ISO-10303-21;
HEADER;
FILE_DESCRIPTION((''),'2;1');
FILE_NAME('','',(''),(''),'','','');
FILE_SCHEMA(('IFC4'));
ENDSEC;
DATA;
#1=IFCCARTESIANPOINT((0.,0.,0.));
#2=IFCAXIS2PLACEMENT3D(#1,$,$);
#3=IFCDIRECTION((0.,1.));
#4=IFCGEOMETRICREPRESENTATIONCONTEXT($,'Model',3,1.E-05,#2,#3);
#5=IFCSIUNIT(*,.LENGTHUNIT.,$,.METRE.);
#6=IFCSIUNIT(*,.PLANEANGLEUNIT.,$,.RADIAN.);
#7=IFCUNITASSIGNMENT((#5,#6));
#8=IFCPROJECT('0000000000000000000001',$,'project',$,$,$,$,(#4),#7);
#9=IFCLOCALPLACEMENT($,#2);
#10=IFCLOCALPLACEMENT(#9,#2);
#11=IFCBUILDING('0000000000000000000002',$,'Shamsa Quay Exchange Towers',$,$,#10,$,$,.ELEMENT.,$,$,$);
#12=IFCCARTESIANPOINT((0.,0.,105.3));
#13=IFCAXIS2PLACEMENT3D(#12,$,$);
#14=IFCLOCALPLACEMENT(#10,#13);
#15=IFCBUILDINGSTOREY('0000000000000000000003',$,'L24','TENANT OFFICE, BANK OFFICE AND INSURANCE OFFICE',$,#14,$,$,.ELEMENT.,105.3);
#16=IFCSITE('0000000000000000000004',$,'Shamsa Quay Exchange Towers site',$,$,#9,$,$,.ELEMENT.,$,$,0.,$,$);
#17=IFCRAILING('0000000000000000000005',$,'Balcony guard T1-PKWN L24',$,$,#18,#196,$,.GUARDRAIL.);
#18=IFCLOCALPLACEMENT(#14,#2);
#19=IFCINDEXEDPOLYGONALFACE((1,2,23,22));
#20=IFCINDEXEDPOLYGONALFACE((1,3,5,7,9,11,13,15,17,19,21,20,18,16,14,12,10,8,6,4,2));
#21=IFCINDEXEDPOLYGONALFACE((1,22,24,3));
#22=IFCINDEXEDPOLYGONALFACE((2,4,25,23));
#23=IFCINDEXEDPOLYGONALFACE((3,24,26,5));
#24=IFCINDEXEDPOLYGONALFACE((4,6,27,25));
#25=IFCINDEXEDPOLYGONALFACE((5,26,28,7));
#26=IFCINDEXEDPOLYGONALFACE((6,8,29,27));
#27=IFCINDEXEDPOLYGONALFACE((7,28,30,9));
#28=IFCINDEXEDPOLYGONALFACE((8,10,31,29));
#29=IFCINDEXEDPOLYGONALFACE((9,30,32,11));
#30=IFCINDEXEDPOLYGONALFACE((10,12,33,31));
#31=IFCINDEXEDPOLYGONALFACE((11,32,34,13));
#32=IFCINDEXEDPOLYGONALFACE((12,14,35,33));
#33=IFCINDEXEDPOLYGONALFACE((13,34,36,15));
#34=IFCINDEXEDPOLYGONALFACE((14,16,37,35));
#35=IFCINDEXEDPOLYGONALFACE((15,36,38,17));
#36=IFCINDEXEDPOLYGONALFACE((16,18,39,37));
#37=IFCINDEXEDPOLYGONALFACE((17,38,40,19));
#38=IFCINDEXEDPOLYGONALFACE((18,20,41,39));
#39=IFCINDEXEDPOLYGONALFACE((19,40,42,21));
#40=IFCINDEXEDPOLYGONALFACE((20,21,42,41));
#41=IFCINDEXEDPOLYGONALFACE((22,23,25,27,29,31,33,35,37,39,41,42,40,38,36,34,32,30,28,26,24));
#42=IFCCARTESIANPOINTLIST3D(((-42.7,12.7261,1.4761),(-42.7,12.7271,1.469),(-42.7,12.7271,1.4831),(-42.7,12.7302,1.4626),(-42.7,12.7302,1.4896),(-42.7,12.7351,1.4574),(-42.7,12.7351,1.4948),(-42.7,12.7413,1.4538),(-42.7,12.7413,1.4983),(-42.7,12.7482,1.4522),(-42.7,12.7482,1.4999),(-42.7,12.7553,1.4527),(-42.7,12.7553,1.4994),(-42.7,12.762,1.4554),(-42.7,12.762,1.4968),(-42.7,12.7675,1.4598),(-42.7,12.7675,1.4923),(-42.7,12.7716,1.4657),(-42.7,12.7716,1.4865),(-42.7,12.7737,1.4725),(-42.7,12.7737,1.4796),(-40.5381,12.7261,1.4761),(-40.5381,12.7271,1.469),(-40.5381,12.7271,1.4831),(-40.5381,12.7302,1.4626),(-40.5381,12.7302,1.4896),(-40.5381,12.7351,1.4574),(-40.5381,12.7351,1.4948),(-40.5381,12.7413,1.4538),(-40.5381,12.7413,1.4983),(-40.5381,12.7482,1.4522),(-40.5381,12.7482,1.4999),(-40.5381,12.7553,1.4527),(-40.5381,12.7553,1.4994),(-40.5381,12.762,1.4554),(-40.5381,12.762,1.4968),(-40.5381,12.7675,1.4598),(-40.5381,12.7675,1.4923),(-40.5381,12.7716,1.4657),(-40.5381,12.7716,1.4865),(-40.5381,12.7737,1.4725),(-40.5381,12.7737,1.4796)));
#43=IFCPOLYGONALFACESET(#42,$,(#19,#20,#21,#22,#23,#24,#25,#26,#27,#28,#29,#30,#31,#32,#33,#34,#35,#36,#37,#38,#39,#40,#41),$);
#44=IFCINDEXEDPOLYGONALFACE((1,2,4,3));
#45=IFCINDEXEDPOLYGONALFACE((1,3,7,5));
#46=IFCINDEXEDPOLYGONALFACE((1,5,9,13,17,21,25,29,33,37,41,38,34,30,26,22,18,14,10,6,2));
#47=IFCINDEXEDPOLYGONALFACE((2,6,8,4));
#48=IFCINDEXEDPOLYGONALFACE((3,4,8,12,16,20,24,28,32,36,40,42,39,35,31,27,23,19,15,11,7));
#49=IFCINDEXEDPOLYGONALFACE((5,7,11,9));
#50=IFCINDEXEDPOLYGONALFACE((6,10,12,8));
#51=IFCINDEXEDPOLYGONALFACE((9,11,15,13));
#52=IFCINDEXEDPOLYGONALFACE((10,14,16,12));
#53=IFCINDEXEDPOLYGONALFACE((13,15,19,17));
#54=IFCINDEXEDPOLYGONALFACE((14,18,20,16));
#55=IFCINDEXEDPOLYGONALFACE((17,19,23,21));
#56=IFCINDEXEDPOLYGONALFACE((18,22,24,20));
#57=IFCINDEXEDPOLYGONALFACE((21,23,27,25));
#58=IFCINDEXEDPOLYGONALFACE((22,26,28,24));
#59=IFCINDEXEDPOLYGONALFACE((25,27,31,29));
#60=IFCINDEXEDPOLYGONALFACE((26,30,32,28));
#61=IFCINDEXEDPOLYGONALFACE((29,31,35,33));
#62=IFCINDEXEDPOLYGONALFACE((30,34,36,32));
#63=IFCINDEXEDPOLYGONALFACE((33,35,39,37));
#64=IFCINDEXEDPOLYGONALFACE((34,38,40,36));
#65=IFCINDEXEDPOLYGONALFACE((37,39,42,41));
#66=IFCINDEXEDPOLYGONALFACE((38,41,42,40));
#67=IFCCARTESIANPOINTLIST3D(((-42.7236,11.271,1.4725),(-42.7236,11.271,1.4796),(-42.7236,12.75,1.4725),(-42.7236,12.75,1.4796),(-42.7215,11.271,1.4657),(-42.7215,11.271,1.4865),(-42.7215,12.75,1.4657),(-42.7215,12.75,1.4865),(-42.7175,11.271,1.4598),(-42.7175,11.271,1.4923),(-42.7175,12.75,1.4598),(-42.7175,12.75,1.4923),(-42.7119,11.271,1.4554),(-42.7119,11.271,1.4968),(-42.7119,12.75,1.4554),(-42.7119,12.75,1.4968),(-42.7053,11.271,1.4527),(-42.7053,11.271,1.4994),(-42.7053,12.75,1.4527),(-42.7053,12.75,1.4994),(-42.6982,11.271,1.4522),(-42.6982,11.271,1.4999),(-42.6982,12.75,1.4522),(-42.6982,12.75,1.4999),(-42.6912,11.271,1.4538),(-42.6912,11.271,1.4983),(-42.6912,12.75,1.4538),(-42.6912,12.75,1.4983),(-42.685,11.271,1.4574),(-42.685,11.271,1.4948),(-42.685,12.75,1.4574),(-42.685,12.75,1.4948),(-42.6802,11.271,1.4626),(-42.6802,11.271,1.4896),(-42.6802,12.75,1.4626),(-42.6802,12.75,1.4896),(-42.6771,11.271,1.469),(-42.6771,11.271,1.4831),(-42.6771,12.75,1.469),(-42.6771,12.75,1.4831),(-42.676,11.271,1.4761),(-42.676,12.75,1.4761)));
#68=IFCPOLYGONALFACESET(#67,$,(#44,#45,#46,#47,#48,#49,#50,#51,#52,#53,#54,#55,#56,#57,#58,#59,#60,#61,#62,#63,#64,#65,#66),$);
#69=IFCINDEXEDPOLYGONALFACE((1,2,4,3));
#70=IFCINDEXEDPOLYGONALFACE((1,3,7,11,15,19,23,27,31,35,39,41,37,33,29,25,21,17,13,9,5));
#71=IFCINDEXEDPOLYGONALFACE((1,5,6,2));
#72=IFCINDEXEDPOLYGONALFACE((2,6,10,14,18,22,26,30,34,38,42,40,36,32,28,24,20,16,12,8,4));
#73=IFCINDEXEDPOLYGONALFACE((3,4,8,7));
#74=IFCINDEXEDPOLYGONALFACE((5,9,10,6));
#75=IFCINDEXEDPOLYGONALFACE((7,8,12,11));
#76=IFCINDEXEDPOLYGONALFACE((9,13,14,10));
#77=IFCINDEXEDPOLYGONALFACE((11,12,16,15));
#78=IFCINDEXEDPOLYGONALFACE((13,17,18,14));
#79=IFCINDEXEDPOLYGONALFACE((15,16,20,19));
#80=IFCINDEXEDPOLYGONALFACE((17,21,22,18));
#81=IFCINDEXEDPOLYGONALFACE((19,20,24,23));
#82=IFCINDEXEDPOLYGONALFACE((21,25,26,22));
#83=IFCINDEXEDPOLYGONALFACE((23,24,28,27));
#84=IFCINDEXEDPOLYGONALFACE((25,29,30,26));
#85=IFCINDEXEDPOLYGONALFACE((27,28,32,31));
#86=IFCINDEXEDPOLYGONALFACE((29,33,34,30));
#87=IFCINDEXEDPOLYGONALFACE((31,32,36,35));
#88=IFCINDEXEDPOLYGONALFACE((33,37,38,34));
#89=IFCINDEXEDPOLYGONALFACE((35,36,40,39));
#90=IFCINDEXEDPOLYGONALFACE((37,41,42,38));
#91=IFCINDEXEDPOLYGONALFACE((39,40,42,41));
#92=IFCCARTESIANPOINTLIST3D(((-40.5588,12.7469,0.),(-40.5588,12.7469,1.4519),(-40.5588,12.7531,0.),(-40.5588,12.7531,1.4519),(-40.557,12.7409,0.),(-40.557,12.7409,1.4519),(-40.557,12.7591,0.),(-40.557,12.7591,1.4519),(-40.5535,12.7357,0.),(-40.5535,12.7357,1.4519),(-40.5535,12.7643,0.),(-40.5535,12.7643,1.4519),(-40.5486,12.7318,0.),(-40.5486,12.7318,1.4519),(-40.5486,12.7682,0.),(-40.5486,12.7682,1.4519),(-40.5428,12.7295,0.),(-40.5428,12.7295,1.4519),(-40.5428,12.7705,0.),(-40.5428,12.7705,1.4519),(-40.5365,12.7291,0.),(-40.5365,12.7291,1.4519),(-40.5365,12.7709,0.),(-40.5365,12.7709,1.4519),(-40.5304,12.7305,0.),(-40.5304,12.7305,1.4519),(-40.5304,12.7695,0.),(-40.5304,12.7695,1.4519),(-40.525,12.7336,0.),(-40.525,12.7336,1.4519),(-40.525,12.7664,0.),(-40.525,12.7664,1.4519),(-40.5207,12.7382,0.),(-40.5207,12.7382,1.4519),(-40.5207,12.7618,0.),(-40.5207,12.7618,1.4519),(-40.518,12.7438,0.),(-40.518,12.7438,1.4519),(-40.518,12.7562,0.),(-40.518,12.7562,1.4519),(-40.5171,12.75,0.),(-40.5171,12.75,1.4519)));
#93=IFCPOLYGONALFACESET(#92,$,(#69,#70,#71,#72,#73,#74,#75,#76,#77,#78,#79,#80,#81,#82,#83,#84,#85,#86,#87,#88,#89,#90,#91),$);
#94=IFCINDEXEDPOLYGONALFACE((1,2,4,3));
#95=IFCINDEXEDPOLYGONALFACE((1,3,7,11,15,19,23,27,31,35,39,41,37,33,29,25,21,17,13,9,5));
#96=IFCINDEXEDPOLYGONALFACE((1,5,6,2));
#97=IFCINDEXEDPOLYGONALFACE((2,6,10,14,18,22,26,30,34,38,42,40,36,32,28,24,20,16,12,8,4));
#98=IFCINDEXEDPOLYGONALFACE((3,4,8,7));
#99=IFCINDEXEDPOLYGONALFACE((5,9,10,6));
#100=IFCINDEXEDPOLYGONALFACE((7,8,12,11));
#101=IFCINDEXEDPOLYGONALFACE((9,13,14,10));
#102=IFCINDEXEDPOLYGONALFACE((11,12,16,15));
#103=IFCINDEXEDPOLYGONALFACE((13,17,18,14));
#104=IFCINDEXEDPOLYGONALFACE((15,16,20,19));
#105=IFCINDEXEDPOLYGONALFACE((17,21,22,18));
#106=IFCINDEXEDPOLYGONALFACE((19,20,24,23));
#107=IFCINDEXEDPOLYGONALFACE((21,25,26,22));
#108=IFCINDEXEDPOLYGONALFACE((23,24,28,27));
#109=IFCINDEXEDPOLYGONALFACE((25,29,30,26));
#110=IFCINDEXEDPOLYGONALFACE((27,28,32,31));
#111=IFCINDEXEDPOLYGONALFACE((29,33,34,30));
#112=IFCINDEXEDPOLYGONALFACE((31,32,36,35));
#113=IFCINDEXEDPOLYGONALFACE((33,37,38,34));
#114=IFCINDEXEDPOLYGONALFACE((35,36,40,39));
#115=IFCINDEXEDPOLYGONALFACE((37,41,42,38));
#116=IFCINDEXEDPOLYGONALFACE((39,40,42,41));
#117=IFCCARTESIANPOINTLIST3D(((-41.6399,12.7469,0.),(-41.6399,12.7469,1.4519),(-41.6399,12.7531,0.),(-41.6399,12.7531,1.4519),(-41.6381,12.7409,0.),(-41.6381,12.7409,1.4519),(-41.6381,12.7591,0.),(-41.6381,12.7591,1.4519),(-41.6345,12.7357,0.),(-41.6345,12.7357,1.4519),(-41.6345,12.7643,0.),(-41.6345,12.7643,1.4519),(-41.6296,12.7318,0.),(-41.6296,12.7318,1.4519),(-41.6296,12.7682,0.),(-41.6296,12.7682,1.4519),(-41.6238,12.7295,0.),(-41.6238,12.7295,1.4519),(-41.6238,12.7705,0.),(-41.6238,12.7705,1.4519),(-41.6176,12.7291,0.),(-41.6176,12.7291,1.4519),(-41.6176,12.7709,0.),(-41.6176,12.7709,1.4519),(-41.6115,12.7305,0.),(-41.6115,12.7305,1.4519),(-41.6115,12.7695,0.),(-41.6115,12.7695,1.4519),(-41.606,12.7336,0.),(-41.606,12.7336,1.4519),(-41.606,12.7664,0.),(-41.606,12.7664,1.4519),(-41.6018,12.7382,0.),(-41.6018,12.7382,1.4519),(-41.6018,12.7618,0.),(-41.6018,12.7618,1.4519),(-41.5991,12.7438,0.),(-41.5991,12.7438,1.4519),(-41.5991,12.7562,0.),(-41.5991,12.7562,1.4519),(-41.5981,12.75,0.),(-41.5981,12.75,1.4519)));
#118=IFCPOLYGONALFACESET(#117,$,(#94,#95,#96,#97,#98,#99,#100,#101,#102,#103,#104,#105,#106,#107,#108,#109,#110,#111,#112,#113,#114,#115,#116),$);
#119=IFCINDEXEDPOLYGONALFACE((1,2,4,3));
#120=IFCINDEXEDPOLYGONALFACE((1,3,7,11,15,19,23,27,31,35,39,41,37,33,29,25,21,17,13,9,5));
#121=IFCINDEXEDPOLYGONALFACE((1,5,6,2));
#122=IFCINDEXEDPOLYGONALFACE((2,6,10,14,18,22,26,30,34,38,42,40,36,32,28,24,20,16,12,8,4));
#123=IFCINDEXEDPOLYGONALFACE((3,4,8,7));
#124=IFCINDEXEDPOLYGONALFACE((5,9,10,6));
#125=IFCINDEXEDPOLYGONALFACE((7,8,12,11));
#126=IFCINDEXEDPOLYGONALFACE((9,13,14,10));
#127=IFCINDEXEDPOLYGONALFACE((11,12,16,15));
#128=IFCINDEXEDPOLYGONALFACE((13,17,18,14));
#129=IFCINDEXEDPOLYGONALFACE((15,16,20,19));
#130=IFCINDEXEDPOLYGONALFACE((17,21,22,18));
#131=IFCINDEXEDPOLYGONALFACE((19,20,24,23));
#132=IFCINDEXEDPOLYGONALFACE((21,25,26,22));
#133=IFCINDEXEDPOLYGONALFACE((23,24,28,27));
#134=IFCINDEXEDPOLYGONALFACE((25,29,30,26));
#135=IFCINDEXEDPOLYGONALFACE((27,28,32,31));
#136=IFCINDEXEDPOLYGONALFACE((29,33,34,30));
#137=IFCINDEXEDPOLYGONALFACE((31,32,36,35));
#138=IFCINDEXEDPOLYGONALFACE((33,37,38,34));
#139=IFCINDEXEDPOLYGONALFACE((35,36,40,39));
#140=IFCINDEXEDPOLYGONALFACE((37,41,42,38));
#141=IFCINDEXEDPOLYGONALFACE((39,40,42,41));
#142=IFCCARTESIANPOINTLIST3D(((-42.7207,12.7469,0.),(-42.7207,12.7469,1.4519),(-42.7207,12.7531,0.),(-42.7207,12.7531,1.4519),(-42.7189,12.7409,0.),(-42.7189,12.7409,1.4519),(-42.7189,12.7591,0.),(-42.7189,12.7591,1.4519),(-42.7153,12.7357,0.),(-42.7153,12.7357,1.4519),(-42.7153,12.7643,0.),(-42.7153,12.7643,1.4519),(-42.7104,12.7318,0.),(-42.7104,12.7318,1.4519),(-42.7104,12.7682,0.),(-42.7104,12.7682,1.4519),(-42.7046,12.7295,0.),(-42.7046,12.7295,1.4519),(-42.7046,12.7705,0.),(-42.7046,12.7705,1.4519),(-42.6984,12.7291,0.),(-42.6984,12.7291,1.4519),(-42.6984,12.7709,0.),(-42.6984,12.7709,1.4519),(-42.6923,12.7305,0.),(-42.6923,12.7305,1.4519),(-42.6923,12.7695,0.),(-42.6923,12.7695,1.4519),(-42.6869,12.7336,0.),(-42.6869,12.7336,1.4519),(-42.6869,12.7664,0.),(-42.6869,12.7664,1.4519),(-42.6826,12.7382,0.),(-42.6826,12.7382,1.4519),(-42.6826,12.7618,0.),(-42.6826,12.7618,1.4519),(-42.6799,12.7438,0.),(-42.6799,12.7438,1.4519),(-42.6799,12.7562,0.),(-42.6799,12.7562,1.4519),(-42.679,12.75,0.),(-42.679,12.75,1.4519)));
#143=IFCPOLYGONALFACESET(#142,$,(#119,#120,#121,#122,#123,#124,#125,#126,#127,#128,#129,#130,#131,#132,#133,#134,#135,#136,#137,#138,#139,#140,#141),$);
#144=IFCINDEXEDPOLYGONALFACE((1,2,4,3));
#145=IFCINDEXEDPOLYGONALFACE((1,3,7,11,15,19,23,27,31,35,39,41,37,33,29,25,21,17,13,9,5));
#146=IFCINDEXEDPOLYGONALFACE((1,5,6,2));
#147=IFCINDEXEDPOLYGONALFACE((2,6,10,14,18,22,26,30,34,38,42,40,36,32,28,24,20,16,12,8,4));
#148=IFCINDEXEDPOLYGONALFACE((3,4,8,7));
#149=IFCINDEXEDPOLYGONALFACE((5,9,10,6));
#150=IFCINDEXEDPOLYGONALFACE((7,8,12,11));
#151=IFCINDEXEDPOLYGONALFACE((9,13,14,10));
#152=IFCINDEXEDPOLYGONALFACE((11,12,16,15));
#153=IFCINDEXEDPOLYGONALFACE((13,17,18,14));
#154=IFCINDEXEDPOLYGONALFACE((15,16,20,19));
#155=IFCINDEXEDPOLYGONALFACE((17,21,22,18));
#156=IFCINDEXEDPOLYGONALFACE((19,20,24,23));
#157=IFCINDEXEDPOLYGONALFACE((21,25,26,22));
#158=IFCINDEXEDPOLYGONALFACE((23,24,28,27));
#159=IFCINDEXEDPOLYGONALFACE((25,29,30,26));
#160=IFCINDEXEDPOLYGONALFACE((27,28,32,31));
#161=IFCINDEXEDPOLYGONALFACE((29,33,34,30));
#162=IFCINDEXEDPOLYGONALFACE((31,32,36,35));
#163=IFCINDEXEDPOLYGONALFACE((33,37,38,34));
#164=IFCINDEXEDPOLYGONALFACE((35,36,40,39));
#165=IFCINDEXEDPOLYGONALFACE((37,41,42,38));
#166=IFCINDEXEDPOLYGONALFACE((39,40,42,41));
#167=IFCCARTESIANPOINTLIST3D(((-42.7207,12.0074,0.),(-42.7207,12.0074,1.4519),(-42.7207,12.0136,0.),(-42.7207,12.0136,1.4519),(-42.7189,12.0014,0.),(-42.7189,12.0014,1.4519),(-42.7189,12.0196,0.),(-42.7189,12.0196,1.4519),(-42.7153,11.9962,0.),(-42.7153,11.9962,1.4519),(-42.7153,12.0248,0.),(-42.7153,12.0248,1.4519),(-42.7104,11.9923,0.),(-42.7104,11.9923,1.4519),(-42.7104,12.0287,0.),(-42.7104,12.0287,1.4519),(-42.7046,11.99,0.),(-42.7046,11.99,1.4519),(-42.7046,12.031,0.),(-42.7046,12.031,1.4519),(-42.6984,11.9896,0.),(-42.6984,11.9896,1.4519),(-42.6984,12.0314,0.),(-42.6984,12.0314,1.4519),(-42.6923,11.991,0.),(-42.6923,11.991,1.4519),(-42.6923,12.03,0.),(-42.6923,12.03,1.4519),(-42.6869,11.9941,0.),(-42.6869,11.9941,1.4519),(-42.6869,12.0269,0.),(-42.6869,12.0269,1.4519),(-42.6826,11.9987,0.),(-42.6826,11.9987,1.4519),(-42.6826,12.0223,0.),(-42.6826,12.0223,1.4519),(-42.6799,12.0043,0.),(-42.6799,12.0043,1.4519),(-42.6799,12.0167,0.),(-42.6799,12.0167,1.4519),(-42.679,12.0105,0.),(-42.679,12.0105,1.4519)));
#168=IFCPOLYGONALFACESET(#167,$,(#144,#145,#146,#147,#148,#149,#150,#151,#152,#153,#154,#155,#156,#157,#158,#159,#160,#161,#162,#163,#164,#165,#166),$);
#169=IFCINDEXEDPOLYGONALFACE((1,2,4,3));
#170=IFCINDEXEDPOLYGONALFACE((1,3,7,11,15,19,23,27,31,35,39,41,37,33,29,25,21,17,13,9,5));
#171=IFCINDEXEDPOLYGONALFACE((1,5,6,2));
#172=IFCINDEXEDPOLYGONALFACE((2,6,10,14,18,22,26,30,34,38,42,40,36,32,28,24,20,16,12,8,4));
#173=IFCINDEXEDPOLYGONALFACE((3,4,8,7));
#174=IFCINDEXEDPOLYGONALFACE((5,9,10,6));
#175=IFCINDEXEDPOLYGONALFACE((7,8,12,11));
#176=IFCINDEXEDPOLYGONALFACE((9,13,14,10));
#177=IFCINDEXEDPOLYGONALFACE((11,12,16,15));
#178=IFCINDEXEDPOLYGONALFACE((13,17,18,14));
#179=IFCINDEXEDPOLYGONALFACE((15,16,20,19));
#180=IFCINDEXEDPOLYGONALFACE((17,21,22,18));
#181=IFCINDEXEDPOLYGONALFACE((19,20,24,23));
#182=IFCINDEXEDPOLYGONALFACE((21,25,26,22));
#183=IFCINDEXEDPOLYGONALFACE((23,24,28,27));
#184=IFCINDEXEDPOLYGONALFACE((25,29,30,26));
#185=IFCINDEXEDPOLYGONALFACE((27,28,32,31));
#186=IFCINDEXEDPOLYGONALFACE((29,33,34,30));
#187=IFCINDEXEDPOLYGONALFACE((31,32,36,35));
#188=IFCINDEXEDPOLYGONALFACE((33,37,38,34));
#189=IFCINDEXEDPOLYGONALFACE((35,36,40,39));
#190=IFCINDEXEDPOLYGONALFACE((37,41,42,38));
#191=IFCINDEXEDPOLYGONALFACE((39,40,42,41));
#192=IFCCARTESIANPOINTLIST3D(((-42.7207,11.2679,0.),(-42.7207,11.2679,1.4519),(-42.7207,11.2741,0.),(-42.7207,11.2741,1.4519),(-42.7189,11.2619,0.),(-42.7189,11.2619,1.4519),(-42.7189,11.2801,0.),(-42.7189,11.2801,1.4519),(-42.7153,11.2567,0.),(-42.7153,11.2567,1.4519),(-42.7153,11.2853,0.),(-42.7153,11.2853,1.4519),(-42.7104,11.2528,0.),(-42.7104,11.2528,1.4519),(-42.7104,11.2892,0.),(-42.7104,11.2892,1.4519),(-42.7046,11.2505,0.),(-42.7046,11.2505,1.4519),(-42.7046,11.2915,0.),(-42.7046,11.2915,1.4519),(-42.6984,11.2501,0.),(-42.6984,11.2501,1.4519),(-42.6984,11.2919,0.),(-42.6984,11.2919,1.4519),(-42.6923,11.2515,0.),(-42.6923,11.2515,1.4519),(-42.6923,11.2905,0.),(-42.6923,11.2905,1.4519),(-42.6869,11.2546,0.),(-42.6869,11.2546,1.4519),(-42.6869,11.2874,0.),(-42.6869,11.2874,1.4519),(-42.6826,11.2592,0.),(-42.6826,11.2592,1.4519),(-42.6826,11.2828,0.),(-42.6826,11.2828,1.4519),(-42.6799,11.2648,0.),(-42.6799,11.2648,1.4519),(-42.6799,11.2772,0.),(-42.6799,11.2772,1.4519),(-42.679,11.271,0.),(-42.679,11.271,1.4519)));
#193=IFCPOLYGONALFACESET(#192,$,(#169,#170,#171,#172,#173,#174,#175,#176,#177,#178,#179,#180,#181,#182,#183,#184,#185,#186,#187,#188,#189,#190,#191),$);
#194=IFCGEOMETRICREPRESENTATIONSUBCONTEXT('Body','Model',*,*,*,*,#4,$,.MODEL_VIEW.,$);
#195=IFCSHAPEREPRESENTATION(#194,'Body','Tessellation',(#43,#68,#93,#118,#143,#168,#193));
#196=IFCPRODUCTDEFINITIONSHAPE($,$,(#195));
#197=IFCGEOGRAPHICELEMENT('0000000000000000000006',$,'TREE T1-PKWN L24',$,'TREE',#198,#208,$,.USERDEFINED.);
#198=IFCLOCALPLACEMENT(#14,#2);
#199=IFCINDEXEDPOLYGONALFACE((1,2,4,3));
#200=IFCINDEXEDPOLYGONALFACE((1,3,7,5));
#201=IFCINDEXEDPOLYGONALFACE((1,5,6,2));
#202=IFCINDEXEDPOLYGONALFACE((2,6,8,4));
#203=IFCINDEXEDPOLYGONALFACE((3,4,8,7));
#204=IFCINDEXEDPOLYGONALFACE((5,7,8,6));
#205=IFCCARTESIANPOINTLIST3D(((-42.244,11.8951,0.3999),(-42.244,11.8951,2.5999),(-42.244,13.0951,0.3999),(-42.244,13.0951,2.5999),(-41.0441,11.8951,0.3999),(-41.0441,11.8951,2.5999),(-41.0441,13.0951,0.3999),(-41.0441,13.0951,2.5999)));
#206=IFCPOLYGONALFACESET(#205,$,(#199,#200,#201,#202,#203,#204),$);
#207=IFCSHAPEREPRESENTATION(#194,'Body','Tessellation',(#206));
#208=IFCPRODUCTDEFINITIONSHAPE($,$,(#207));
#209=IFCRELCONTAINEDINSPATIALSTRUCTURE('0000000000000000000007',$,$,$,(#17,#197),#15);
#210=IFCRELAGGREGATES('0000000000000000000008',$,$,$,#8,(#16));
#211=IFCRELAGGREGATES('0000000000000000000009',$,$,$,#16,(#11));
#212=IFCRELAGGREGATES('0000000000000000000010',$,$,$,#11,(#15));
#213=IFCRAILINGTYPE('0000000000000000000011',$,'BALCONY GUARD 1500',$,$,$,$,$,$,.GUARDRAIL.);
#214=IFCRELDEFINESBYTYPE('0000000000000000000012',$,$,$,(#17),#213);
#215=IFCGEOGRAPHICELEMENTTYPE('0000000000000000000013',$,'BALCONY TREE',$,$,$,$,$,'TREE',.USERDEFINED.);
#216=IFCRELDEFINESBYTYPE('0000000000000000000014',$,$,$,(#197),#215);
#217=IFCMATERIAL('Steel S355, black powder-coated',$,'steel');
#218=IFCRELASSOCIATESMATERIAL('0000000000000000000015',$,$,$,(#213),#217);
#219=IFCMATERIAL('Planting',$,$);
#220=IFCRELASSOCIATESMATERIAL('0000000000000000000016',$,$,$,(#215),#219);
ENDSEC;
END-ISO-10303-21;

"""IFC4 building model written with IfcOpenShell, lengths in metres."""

from ifc_helpers import new_model, si_unit, direction, frame, origin, origin_2d, place, context, subcontext, project, spatial, rectangle, circle, extrude, material, type_object, element, save


model = new_model("IFC4")

# Units and contexts
model_context = context("Model", 3, precision=1e-05, world=origin(), true_north=direction((0.0, 1.0)))
body_context = subcontext(model_context, "Body", "Model", "MODEL_VIEW")
ifc_project = project(units=[si_unit("LENGTHUNIT", "METRE"), si_unit("PLANEANGLEUNIT", "RADIAN")], contexts=[model_context])

# Site, building, storey
site_placement = place(None, origin())
site = spatial("IfcSite", under=ifc_project, at=site_placement, Name="Shamsa Quay Exchange Towers site", CompositionType="ELEMENT", RefElevation=0.0)
building_placement = place(site_placement, origin())
building = spatial("IfcBuilding", under=site, at=building_placement, Name="Shamsa Quay Exchange Towers", CompositionType="ELEMENT")
storey_placement = place(building_placement, frame((0.0, 0.0, 105.3)))
storey = spatial("IfcBuildingStorey", under=building, at=storey_placement, Name="L24", Description="TENANT OFFICE, BANK OFFICE AND INSURANCE OFFICE", CompositionType="ELEMENT", Elevation=105.3)

# Railing
ifc_material_1 = material(Name="Steel S355, black powder-coated", Category="steel")
railing_type = type_object("IfcRailingType", Name="BALCONY GUARD 1500", PredefinedType="GUARDRAIL", material=ifc_material_1)
railing_placement = place(storey_placement, frame((-40.5381, 12.75, 0.0)))
element("IfcRailing", 1, at=railing_placement, inside=storey, type_object=railing_type, Name="Balcony guard T1-PKWN L24", PredefinedType="GUARDRAIL", context=body_context, shape_type="SweptSolid", body=[
    extrude(circle(Radius=0.0239, at=origin_2d()), frame((0.0, 0.0, 1.4761), z_axis=(-1.0, 0.0, 0.0), x_axis=(0.0, -1.0, 0.0)), (0.0, 0.0, 1.0), 2.1619),
    extrude(circle(Radius=0.0239, at=origin_2d()), frame((-2.1619, 0.0, 1.4761), z_axis=(0.0, -1.0, 0.0), x_axis=(1.0, 0.0, 0.0)), (0.0, 0.0, 1.0), 1.479),
    extrude(circle(Radius=0.021, at=origin_2d()), origin(), (0.0, 0.0, 1.0), 1.4519),
    extrude(circle(Radius=0.021, at=origin_2d()), frame((-1.0811, 0.0, 0.0)), (0.0, 0.0, 1.0), 1.4519),
    extrude(circle(Radius=0.021, at=origin_2d()), frame((-2.1619, 0.0, 0.0)), (0.0, 0.0, 1.0), 1.4519),
    extrude(circle(Radius=0.021, at=origin_2d()), frame((-2.1619, -0.7395, 0.0)), (0.0, 0.0, 1.0), 1.4519),
    extrude(circle(Radius=0.021, at=origin_2d()), frame((-2.1619, -1.479, 0.0)), (0.0, 0.0, 1.0), 1.4519),
])

# Geographic element
ifc_material_2 = material(Name="Planting")
geographic_element_type = type_object("IfcGeographicElementType", Name="BALCONY TREE", ElementType="TREE", PredefinedType="USERDEFINED", material=ifc_material_2)
geographic_element_placement = place(storey_placement, frame((-41.644, 12.4951, 0.3999), z_axis=(0.0, 0.0, 1.0), x_axis=(-1.0, 0.0, 0.0)))
element("IfcGeographicElement", 2, at=geographic_element_placement, inside=storey, type_object=geographic_element_type, Name="TREE T1-PKWN L24", ObjectType="TREE", PredefinedType="USERDEFINED", context=body_context, shape_type="SweptSolid", body=[
    extrude(rectangle(XDim=1.2, YDim=1.2, at=origin_2d()), origin(), (0.0, 0.0, 1.0), 2.2),
])

save(model, "model.ifc")
